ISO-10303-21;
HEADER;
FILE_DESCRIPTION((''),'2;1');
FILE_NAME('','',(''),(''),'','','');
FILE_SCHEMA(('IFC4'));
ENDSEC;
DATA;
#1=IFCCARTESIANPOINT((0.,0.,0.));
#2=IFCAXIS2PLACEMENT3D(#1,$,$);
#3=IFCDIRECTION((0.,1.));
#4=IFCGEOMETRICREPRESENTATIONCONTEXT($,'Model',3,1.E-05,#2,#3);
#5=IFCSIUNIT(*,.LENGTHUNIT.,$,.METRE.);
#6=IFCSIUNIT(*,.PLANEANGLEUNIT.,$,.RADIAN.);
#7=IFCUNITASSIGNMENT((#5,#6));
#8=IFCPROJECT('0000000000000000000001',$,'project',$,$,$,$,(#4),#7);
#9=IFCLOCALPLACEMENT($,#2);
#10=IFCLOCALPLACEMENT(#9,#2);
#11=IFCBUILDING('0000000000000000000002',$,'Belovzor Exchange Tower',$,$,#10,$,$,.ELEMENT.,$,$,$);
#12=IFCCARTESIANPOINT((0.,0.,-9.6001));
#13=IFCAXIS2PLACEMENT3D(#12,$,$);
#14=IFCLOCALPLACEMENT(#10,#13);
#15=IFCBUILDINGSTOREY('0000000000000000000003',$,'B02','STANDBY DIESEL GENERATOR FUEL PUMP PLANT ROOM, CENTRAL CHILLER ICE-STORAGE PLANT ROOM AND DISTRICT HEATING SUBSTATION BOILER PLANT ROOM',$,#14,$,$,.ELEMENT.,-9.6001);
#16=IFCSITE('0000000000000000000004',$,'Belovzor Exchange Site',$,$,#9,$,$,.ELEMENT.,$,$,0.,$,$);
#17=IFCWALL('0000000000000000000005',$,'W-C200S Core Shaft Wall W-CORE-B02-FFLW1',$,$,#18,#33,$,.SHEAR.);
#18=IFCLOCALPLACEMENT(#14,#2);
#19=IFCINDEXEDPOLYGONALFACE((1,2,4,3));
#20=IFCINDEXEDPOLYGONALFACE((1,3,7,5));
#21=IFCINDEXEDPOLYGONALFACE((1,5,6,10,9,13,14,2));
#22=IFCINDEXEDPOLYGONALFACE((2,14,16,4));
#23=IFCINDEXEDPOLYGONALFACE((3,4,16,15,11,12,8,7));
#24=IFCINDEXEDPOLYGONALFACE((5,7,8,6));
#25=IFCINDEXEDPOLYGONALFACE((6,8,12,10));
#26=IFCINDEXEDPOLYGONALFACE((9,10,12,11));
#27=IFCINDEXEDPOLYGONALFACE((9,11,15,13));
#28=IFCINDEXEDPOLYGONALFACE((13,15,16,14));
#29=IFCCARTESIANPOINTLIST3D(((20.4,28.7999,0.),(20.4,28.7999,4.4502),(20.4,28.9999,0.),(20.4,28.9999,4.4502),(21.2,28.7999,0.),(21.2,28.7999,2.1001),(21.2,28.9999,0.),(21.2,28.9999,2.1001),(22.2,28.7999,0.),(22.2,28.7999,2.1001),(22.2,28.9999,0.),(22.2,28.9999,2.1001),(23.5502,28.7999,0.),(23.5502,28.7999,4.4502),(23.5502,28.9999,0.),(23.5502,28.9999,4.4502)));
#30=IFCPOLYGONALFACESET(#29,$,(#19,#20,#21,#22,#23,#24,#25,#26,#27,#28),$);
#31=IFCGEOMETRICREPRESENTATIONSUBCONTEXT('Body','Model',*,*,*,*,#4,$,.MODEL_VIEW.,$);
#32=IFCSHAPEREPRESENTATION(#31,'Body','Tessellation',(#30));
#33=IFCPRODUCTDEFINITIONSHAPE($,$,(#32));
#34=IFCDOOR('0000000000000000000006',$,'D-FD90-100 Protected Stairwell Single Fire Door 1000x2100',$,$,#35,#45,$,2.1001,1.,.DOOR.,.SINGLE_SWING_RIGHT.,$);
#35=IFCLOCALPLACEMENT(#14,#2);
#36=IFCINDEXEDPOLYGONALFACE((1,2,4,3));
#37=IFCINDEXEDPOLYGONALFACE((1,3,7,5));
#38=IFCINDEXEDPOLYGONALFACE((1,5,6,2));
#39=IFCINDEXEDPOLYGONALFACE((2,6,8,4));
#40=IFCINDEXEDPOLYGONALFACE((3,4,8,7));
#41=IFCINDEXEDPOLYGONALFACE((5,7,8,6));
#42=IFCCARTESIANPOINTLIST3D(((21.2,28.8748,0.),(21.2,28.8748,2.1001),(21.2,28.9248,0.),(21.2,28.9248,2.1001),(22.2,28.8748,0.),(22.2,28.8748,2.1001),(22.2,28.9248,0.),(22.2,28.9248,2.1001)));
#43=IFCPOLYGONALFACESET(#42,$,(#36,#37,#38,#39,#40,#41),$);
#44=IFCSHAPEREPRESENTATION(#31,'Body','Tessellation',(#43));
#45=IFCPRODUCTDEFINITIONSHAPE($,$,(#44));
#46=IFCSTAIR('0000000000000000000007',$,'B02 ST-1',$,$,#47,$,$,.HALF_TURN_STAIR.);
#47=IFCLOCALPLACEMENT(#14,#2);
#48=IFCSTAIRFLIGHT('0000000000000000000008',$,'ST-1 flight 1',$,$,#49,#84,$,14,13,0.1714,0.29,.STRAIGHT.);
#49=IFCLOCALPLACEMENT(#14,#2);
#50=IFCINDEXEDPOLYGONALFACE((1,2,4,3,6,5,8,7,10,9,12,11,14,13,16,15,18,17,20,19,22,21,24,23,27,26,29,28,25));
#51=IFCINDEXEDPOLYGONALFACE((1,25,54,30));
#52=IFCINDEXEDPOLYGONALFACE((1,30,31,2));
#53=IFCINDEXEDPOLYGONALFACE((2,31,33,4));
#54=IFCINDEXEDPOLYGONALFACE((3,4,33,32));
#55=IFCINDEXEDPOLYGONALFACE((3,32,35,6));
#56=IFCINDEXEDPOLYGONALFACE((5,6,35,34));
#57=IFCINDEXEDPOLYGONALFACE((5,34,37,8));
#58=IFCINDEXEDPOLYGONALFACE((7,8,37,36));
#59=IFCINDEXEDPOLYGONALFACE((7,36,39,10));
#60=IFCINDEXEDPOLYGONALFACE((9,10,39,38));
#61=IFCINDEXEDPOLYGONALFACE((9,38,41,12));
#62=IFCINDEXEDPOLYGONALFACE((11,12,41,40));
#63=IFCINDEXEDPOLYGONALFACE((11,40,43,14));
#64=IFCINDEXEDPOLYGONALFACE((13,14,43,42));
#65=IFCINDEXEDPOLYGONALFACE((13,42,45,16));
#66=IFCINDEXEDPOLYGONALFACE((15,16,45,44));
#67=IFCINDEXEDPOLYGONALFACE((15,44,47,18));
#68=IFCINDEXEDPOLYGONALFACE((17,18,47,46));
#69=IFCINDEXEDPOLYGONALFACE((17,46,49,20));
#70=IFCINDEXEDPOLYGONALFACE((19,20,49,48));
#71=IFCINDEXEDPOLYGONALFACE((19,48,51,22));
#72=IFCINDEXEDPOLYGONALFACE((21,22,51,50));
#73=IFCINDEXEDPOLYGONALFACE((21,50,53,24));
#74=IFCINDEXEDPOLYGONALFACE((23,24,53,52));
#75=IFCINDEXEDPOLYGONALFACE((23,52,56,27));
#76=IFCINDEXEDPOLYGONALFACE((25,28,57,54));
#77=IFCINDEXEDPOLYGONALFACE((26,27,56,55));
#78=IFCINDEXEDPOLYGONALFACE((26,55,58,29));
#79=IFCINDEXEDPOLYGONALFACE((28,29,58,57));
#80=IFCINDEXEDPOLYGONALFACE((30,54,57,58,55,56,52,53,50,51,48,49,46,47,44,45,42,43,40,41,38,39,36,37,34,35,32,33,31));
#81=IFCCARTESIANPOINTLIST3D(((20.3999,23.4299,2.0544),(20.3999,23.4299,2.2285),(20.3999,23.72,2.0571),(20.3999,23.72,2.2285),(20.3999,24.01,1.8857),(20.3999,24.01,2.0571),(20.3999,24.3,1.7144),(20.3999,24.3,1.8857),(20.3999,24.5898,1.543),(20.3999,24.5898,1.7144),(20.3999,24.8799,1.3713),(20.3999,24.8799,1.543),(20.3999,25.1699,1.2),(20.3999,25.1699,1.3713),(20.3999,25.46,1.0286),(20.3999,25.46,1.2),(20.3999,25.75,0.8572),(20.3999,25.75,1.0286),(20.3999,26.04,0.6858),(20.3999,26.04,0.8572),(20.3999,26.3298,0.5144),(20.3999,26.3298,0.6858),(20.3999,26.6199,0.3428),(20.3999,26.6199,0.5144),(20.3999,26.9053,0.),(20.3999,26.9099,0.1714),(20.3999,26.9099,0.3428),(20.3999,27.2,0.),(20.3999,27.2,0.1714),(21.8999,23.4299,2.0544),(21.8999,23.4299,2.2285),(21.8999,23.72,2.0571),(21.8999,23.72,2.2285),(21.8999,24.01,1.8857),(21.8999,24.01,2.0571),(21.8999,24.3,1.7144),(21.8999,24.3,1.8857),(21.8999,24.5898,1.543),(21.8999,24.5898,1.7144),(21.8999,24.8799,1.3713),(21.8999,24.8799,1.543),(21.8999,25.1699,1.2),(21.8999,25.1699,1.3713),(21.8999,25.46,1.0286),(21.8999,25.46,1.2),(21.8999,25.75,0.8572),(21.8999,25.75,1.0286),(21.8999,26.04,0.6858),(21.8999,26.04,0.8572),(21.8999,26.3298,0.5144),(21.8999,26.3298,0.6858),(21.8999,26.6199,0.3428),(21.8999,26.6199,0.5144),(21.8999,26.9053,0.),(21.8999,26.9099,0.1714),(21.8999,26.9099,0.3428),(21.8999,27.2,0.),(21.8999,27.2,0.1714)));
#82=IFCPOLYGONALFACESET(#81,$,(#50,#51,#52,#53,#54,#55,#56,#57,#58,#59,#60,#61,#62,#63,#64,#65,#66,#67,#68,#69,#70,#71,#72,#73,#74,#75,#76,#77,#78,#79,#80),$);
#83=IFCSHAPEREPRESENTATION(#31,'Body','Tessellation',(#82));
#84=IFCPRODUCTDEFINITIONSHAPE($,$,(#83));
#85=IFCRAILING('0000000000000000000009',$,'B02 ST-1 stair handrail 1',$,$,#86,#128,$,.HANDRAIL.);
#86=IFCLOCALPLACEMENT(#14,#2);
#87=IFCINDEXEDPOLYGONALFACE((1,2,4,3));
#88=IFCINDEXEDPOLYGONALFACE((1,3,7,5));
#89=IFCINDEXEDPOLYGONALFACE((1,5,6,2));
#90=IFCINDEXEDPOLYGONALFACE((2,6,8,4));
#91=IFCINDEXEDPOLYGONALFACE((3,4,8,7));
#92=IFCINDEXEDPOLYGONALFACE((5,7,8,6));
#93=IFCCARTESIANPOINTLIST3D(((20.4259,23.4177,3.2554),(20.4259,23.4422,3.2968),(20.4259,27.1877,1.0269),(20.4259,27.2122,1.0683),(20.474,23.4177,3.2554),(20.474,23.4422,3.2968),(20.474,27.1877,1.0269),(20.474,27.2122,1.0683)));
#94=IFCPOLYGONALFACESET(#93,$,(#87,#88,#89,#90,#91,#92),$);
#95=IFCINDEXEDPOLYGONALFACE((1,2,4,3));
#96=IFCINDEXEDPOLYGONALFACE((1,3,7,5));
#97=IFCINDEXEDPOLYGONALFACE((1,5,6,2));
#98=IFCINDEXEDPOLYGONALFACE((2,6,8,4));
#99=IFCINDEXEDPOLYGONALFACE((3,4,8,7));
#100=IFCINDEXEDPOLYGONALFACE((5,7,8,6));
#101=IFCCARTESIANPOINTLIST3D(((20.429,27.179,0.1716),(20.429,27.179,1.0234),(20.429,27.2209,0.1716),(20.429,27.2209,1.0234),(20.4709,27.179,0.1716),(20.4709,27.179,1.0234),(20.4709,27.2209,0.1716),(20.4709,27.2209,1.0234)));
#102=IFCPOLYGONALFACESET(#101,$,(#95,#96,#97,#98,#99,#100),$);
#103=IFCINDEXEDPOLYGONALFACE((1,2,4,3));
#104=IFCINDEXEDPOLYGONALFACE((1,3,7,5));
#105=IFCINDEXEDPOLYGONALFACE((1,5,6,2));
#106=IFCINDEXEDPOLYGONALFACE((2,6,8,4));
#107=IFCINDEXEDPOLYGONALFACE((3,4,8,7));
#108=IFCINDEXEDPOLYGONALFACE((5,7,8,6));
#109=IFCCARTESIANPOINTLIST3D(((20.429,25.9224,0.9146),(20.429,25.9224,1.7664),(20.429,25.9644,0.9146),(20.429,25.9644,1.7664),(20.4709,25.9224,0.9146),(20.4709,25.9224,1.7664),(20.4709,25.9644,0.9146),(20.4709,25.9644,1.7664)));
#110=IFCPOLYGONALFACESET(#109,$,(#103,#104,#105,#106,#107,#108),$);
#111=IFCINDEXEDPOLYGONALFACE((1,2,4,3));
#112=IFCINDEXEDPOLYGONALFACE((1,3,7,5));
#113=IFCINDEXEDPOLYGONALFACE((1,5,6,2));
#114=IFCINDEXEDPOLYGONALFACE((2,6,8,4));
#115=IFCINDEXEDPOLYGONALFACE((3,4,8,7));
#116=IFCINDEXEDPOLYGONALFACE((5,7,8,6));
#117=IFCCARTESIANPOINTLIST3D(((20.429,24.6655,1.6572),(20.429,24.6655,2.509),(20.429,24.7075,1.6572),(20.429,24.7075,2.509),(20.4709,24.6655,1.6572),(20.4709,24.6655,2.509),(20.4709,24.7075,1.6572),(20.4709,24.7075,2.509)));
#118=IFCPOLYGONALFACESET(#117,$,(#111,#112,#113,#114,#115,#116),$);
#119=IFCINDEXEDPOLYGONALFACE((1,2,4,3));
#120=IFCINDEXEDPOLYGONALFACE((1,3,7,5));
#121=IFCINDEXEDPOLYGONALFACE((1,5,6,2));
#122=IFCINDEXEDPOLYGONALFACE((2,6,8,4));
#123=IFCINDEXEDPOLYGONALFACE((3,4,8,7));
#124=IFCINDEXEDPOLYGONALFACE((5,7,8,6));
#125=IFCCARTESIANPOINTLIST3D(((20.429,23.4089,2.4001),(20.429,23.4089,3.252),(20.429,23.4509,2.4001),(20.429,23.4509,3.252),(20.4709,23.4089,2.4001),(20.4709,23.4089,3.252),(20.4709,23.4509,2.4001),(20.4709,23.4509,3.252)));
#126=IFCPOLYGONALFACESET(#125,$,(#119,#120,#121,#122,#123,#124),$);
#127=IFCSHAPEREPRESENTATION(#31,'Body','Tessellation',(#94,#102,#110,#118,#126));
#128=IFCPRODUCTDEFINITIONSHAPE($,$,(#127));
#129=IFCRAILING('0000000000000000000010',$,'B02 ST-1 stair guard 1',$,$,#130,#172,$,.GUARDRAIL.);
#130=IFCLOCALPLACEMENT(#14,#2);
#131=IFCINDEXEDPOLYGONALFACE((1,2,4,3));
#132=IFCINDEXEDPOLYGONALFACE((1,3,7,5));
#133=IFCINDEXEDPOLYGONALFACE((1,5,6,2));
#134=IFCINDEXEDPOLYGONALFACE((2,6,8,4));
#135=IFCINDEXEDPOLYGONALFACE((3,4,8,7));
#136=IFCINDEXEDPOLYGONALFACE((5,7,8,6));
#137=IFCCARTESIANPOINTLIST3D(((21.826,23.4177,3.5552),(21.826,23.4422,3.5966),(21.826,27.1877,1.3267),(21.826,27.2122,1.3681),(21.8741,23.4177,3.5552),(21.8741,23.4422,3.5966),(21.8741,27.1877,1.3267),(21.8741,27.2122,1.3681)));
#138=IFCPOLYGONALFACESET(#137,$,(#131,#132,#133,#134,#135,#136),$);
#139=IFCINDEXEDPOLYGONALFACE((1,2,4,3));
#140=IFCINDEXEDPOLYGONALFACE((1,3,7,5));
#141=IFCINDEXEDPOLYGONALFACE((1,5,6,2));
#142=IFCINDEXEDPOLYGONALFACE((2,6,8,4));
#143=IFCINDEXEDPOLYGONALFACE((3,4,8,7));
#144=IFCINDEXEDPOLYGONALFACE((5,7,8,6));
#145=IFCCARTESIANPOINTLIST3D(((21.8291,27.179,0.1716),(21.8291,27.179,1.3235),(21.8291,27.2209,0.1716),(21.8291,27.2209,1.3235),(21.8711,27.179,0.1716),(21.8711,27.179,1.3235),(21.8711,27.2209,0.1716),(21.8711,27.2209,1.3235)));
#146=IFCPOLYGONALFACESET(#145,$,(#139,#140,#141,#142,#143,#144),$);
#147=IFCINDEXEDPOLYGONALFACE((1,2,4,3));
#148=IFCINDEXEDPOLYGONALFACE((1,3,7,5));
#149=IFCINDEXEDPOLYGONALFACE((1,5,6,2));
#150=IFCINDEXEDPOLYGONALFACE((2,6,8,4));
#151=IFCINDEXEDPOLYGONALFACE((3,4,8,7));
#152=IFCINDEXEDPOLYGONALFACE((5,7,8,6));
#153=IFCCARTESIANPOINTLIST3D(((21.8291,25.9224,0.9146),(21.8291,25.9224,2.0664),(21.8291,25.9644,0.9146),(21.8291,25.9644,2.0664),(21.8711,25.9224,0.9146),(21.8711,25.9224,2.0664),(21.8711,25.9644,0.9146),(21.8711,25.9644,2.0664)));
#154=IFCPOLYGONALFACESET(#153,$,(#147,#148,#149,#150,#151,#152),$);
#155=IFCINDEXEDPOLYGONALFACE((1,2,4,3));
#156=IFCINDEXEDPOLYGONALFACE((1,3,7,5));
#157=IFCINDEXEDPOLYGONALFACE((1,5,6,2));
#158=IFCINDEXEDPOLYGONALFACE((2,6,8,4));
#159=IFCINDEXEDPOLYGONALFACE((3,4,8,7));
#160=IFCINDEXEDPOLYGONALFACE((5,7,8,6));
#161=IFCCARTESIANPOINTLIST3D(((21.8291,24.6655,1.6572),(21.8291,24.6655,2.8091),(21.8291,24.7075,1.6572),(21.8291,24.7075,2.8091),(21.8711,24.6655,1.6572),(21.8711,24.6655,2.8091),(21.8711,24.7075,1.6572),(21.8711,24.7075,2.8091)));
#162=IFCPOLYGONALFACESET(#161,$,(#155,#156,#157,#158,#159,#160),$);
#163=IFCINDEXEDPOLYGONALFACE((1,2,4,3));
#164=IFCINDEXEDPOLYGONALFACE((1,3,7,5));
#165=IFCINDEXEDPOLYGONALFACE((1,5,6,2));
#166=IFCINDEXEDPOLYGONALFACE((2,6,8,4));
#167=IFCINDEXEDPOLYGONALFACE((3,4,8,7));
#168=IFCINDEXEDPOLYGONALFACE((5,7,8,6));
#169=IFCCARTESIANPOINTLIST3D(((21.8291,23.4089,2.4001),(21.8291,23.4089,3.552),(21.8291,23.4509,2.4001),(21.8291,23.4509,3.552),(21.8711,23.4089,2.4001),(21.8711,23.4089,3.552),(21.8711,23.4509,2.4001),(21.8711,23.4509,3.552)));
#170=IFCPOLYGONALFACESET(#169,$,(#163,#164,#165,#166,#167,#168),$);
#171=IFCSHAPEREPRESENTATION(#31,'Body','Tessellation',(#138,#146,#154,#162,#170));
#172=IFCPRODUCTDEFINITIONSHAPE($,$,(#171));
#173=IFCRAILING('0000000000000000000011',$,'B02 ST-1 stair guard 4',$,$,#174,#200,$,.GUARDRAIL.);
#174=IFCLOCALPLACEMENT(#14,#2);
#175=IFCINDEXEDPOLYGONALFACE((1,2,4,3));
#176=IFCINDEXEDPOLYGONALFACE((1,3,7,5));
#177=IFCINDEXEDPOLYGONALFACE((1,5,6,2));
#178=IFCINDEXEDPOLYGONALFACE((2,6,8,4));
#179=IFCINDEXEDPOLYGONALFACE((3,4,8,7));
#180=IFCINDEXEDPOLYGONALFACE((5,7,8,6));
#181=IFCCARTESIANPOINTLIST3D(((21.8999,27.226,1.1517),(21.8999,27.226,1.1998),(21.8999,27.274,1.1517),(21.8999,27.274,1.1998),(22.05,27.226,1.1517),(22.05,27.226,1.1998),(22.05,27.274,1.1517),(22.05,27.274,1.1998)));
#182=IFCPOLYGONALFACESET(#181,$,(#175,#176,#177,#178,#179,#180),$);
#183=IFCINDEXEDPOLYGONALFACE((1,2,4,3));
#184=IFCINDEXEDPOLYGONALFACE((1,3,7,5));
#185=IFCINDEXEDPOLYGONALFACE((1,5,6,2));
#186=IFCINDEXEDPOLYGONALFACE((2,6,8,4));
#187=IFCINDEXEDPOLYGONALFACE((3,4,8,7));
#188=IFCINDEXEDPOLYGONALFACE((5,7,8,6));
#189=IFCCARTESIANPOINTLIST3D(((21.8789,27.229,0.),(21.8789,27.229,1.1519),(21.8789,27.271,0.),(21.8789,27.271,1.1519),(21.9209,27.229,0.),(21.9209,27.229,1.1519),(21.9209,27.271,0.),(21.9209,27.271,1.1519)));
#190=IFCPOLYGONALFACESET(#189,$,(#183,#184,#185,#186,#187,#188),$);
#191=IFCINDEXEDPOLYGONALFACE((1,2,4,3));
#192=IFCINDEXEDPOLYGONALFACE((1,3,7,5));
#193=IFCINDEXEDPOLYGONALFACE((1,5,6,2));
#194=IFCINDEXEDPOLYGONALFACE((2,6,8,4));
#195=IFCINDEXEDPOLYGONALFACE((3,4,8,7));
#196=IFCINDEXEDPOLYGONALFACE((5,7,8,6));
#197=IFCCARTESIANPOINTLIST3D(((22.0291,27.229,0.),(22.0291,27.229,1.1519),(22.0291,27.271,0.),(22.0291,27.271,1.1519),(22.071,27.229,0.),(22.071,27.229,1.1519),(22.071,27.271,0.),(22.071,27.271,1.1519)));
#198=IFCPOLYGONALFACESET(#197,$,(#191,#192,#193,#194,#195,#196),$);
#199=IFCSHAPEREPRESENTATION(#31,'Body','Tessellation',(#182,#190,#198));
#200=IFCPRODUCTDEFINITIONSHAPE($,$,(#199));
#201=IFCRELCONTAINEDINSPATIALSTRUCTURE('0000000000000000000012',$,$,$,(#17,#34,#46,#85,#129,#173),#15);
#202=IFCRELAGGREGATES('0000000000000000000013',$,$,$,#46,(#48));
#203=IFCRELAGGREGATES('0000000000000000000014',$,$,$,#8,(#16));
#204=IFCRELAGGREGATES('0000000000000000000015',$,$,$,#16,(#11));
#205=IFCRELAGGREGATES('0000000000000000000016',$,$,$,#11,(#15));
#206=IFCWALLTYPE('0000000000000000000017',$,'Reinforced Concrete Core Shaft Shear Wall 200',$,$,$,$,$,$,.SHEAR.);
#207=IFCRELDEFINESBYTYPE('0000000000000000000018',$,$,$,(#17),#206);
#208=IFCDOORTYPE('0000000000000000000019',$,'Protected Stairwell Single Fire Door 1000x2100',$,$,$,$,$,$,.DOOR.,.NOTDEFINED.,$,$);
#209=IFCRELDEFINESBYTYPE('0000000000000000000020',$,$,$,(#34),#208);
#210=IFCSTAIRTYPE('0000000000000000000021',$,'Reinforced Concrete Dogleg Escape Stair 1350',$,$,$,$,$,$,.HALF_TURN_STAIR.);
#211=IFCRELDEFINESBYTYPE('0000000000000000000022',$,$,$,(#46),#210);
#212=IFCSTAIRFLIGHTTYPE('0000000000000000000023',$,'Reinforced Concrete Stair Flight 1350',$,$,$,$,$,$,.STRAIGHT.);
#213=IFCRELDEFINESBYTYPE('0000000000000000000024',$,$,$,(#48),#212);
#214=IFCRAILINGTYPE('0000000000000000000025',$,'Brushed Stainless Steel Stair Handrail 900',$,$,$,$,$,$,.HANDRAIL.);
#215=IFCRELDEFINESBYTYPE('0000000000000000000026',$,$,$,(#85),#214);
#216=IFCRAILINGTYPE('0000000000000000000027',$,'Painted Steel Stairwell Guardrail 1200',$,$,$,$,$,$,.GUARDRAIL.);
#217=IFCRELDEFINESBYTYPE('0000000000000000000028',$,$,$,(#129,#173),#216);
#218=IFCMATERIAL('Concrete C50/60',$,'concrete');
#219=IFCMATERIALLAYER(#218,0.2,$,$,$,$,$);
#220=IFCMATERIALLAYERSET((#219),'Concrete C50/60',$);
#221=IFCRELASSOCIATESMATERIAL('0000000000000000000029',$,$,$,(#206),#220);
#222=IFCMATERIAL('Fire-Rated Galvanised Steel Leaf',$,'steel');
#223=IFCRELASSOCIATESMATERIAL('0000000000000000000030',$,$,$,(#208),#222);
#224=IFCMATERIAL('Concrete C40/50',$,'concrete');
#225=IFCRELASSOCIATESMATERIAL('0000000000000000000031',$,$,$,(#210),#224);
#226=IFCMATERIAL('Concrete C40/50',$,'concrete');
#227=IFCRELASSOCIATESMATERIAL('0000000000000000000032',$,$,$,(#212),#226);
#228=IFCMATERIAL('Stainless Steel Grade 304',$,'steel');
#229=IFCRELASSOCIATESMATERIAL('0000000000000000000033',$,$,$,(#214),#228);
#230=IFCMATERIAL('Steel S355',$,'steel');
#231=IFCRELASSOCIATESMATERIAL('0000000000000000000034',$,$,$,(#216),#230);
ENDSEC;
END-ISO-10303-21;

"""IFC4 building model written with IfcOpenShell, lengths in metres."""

from ifc_helpers import new_model, si_unit, direction, frame, frame_2d, origin, origin_2d, place, context, subcontext, project, spatial, polyline, rectangle, outline, extrude, material, layer, layer_set, type_object, element, fill, aggregate, save


model = new_model("IFC4")

# Units and contexts
model_context = context("Model", 3, precision=1e-05, world=origin(), true_north=direction((0.0, 1.0)))
body_context = subcontext(model_context, "Body", "Model", "MODEL_VIEW")
ifc_project = project(units=[si_unit("LENGTHUNIT", "METRE"), si_unit("PLANEANGLEUNIT", "RADIAN")], contexts=[model_context])

# Site, building, storey
site_placement = place(None, origin())
site = spatial("IfcSite", under=ifc_project, at=site_placement, Name="Belovzor Exchange Site", CompositionType="ELEMENT", RefElevation=0.0)
building_placement = place(site_placement, origin())
building = spatial("IfcBuilding", under=site, at=building_placement, Name="Belovzor Exchange Tower", CompositionType="ELEMENT")
storey_placement = place(building_placement, frame((0.0, 0.0, -9.6001)))
storey = spatial("IfcBuildingStorey", under=building, at=storey_placement, Name="B02", Description="STANDBY DIESEL GENERATOR FUEL PUMP PLANT ROOM, CENTRAL CHILLER ICE-STORAGE PLANT ROOM AND DISTRICT HEATING SUBSTATION BOILER PLANT ROOM", CompositionType="ELEMENT", Elevation=-9.6001)

# Wall, opening, door
ifc_material_1 = material(Name="Concrete C50/60", Category="concrete")
ifc_layer_1 = layer(ifc_material_1, 0.2)
ifc_layer_set_1 = layer_set([ifc_layer_1], Name="Concrete C50/60")
wall_type_1 = type_object("IfcWallType", Name="Reinforced Concrete Core Shaft Shear Wall 200", PredefinedType="SHEAR", material=ifc_layer_set_1)
wall_1_placement = place(storey_placement, frame((20.3999, 28.8999, 0.0), z_axis=(0.0, 0.0, 1.0), x_axis=(1.0, 0.0, 0.0)))
wall_1 = element("IfcWall", 1, at=wall_1_placement, inside=storey, type_object=wall_type_1, Name="W-C200S Core Shaft Wall W-CORE-B02-FFLW1", PredefinedType="SHEAR", context=body_context, shape_type="SweptSolid", body=[
    extrude(rectangle(XDim=3.1501, YDim=0.2, at=frame_2d((1.5752, 0.0))), origin(), (0.0, 0.0, 1.0), 4.4502),
])
opening_1_placement = place(wall_1_placement, frame((0.8, 0.0, 0.0)))
opening_1 = element("IfcOpeningElement", 2, at=opening_1_placement, cuts=wall_1, PredefinedType="OPENING", context=body_context, shape_type="SweptSolid", body=[
    extrude(rectangle(XDim=1.0, YDim=2.1001, at=frame_2d((0.5, 1.05))), frame((0.0, 0.1099, 0.0), z_axis=(0.0, -1.0, 0.0), x_axis=(1.0, 0.0, 0.0)), (0.0, 0.0, 1.0), 0.22),
])
ifc_material_2 = material(Name="Fire-Rated Galvanised Steel Leaf", Category="steel")
door_type_1 = type_object("IfcDoorType", Name="Protected Stairwell Single Fire Door 1000x2100", OperationType="NOTDEFINED", PredefinedType="DOOR", material=ifc_material_2)
door_1_placement = place(opening_1_placement, origin())
door_1 = element("IfcDoor", 3, at=door_1_placement, inside=storey, type_object=door_type_1, Name="D-FD90-100 Protected Stairwell Single Fire Door 1000x2100", OperationType="SINGLE_SWING_RIGHT", OverallHeight=2.1001, OverallWidth=1.0, PredefinedType="DOOR", context=body_context, shape_type="SweptSolid", body=[
    extrude(rectangle(XDim=1.0, YDim=2.1001, at=frame_2d((0.5, 1.05))), frame((0.0, 0.0249, 0.0), z_axis=(0.0, -1.0, 0.0), x_axis=(1.0, 0.0, 0.0)), (0.0, 0.0, 1.0), 0.05),
])
fill(opening_1, door_1)

# Stair, stair flight
ifc_material_3 = material(Name="Concrete C40/50", Category="concrete")
stair_type = type_object("IfcStairType", Name="Reinforced Concrete Dogleg Escape Stair 1350", PredefinedType="HALF_TURN_STAIR", material=ifc_material_3)
stair_placement = place(storey_placement, origin())
stair = element("IfcStair", 4, at=stair_placement, inside=storey, type_object=stair_type, Name="B02 ST-1", PredefinedType="HALF_TURN_STAIR")
ifc_material_4 = material(Name="Concrete C40/50", Category="concrete")
stair_flight_type = type_object("IfcStairFlightType", Name="Reinforced Concrete Stair Flight 1350", PredefinedType="STRAIGHT", material=ifc_material_4)
stair_flight_placement = place(storey_placement, frame((21.1499, 27.2, 0.0), z_axis=(0.0, 0.0, 1.0), x_axis=(0.0, -1.0, 0.0)))
stair_flight = element("IfcStairFlight", 5, at=stair_flight_placement, type_object=stair_flight_type, Name="ST-1 flight 1", NumberOfRisers=14, NumberOfTreads=13, PredefinedType="STRAIGHT", RiserHeight=0.1714, TreadLength=0.29, context=body_context, shape_type="SweptSolid", body=[
    extrude(outline(polyline([(0.0, 0.0), (0.0, 0.1714), (0.29, 0.1714), (0.29, 0.3428), (0.5801, 0.3428), (0.5801, 0.5144), (0.8701, 0.5144), (0.8701, 0.6858), (1.1599, 0.6858), (1.1599, 0.8572), (1.45, 0.8572), (1.45, 1.0286), (1.74, 1.0286), (1.74, 1.2), (2.03, 1.2), (2.03, 1.3713), (2.3201, 1.3713), (2.3201, 1.543), (2.6101, 1.543), (2.6101, 1.7144), (2.8999, 1.7144), (2.8999, 1.8857), (3.1899, 1.8857), (3.1899, 2.0571), (3.48, 2.0571), (3.48, 2.2285), (3.77, 2.2285), (3.77, 2.3999), (3.77, 2.0544), (0.2947, 0.0), (0.0, 0.0)])), frame((0.0, 0.75, 0.0), z_axis=(0.0, -1.0, 0.0), x_axis=(1.0, 0.0, 0.0)), (0.0, 0.0, 1.0), 1.5),
])
aggregate(stair, [stair_flight])

# Railings
ifc_material_5 = material(Name="Stainless Steel Grade 304", Category="steel")
railing_type_1 = type_object("IfcRailingType", Name="Brushed Stainless Steel Stair Handrail 900", PredefinedType="HANDRAIL", material=ifc_material_5)
railing_1_placement = place(storey_placement, frame((20.45, 27.2, 0.1716)))
element("IfcRailing", 6, at=railing_1_placement, inside=storey, type_object=railing_type_1, Name="B02 ST-1 stair handrail 1", PredefinedType="HANDRAIL", context=body_context, shape_type="SweptSolid", body=[
    extrude(rectangle(XDim=0.0481, YDim=0.0481, at=origin_2d()), frame((0.0, 0.0, 0.876), z_axis=(0.0, -0.860849, 0.508861), x_axis=(1.0, 0.0, 0.0)), (0.0, 0.0, 1.0), 4.3794),
    extrude(rectangle(XDim=0.042, YDim=0.042, at=origin_2d()), origin(), (0.0, 0.0, 1.0), 0.8518),
    extrude(rectangle(XDim=0.042, YDim=0.042, at=origin_2d()), frame((0.0, -1.2566, 0.7429)), (0.0, 0.0, 1.0), 0.8518),
    extrude(rectangle(XDim=0.042, YDim=0.042, at=origin_2d()), frame((0.0, -2.5134, 1.4856)), (0.0, 0.0, 1.0), 0.8518),
    extrude(rectangle(XDim=0.042, YDim=0.042, at=origin_2d()), frame((0.0, -3.77, 2.2285)), (0.0, 0.0, 1.0), 0.8518),
])
ifc_material_6 = material(Name="Steel S355", Category="steel")
railing_type_2 = type_object("IfcRailingType", Name="Painted Steel Stairwell Guardrail 1200", PredefinedType="GUARDRAIL", material=ifc_material_6)
railing_2_placement = place(storey_placement, frame((21.8501, 27.2, 0.1716)))
element("IfcRailing", 7, at=railing_2_placement, inside=storey, type_object=railing_type_2, Name="B02 ST-1 stair guard 1", PredefinedType="GUARDRAIL", context=body_context, shape_type="SweptSolid", body=[
    extrude(rectangle(XDim=0.0481, YDim=0.0481, at=origin_2d()), frame((0.0, 0.0, 1.1758), z_axis=(0.0, -0.860849, 0.508861), x_axis=(1.0, 0.0, 0.0)), (0.0, 0.0, 1.0), 4.3794),
    extrude(rectangle(XDim=0.042, YDim=0.042, at=origin_2d()), origin(), (0.0, 0.0, 1.0), 1.1519),
    extrude(rectangle(XDim=0.042, YDim=0.042, at=origin_2d()), frame((0.0, -1.2566, 0.7429)), (0.0, 0.0, 1.0), 1.1519),
    extrude(rectangle(XDim=0.042, YDim=0.042, at=origin_2d()), frame((0.0, -2.5134, 1.4856)), (0.0, 0.0, 1.0), 1.1519),
    extrude(rectangle(XDim=0.042, YDim=0.042, at=origin_2d()), frame((0.0, -3.77, 2.2285)), (0.0, 0.0, 1.0), 1.1519),
])
railing_3_placement = place(storey_placement, frame((21.8999, 27.25, 0.0)))
element("IfcRailing", 8, at=railing_3_placement, inside=storey, type_object=railing_type_2, Name="B02 ST-1 stair guard 4", PredefinedType="GUARDRAIL", context=body_context, shape_type="SweptSolid", body=[
    extrude(rectangle(XDim=0.0481, YDim=0.0481, at=origin_2d()), frame((0.0, 0.0, 1.1758), z_axis=(1.0, 0.0, 0.0), x_axis=(0.0, 1.0, 0.0)), (0.0, 0.0, 1.0), 0.1501),
    extrude(rectangle(XDim=0.042, YDim=0.042, at=origin_2d()), origin(), (0.0, 0.0, 1.0), 1.1519),
    extrude(rectangle(XDim=0.042, YDim=0.042, at=origin_2d()), frame((0.1501, 0.0, 0.0)), (0.0, 0.0, 1.0), 1.1519),
])

save(model, "model.ifc")
